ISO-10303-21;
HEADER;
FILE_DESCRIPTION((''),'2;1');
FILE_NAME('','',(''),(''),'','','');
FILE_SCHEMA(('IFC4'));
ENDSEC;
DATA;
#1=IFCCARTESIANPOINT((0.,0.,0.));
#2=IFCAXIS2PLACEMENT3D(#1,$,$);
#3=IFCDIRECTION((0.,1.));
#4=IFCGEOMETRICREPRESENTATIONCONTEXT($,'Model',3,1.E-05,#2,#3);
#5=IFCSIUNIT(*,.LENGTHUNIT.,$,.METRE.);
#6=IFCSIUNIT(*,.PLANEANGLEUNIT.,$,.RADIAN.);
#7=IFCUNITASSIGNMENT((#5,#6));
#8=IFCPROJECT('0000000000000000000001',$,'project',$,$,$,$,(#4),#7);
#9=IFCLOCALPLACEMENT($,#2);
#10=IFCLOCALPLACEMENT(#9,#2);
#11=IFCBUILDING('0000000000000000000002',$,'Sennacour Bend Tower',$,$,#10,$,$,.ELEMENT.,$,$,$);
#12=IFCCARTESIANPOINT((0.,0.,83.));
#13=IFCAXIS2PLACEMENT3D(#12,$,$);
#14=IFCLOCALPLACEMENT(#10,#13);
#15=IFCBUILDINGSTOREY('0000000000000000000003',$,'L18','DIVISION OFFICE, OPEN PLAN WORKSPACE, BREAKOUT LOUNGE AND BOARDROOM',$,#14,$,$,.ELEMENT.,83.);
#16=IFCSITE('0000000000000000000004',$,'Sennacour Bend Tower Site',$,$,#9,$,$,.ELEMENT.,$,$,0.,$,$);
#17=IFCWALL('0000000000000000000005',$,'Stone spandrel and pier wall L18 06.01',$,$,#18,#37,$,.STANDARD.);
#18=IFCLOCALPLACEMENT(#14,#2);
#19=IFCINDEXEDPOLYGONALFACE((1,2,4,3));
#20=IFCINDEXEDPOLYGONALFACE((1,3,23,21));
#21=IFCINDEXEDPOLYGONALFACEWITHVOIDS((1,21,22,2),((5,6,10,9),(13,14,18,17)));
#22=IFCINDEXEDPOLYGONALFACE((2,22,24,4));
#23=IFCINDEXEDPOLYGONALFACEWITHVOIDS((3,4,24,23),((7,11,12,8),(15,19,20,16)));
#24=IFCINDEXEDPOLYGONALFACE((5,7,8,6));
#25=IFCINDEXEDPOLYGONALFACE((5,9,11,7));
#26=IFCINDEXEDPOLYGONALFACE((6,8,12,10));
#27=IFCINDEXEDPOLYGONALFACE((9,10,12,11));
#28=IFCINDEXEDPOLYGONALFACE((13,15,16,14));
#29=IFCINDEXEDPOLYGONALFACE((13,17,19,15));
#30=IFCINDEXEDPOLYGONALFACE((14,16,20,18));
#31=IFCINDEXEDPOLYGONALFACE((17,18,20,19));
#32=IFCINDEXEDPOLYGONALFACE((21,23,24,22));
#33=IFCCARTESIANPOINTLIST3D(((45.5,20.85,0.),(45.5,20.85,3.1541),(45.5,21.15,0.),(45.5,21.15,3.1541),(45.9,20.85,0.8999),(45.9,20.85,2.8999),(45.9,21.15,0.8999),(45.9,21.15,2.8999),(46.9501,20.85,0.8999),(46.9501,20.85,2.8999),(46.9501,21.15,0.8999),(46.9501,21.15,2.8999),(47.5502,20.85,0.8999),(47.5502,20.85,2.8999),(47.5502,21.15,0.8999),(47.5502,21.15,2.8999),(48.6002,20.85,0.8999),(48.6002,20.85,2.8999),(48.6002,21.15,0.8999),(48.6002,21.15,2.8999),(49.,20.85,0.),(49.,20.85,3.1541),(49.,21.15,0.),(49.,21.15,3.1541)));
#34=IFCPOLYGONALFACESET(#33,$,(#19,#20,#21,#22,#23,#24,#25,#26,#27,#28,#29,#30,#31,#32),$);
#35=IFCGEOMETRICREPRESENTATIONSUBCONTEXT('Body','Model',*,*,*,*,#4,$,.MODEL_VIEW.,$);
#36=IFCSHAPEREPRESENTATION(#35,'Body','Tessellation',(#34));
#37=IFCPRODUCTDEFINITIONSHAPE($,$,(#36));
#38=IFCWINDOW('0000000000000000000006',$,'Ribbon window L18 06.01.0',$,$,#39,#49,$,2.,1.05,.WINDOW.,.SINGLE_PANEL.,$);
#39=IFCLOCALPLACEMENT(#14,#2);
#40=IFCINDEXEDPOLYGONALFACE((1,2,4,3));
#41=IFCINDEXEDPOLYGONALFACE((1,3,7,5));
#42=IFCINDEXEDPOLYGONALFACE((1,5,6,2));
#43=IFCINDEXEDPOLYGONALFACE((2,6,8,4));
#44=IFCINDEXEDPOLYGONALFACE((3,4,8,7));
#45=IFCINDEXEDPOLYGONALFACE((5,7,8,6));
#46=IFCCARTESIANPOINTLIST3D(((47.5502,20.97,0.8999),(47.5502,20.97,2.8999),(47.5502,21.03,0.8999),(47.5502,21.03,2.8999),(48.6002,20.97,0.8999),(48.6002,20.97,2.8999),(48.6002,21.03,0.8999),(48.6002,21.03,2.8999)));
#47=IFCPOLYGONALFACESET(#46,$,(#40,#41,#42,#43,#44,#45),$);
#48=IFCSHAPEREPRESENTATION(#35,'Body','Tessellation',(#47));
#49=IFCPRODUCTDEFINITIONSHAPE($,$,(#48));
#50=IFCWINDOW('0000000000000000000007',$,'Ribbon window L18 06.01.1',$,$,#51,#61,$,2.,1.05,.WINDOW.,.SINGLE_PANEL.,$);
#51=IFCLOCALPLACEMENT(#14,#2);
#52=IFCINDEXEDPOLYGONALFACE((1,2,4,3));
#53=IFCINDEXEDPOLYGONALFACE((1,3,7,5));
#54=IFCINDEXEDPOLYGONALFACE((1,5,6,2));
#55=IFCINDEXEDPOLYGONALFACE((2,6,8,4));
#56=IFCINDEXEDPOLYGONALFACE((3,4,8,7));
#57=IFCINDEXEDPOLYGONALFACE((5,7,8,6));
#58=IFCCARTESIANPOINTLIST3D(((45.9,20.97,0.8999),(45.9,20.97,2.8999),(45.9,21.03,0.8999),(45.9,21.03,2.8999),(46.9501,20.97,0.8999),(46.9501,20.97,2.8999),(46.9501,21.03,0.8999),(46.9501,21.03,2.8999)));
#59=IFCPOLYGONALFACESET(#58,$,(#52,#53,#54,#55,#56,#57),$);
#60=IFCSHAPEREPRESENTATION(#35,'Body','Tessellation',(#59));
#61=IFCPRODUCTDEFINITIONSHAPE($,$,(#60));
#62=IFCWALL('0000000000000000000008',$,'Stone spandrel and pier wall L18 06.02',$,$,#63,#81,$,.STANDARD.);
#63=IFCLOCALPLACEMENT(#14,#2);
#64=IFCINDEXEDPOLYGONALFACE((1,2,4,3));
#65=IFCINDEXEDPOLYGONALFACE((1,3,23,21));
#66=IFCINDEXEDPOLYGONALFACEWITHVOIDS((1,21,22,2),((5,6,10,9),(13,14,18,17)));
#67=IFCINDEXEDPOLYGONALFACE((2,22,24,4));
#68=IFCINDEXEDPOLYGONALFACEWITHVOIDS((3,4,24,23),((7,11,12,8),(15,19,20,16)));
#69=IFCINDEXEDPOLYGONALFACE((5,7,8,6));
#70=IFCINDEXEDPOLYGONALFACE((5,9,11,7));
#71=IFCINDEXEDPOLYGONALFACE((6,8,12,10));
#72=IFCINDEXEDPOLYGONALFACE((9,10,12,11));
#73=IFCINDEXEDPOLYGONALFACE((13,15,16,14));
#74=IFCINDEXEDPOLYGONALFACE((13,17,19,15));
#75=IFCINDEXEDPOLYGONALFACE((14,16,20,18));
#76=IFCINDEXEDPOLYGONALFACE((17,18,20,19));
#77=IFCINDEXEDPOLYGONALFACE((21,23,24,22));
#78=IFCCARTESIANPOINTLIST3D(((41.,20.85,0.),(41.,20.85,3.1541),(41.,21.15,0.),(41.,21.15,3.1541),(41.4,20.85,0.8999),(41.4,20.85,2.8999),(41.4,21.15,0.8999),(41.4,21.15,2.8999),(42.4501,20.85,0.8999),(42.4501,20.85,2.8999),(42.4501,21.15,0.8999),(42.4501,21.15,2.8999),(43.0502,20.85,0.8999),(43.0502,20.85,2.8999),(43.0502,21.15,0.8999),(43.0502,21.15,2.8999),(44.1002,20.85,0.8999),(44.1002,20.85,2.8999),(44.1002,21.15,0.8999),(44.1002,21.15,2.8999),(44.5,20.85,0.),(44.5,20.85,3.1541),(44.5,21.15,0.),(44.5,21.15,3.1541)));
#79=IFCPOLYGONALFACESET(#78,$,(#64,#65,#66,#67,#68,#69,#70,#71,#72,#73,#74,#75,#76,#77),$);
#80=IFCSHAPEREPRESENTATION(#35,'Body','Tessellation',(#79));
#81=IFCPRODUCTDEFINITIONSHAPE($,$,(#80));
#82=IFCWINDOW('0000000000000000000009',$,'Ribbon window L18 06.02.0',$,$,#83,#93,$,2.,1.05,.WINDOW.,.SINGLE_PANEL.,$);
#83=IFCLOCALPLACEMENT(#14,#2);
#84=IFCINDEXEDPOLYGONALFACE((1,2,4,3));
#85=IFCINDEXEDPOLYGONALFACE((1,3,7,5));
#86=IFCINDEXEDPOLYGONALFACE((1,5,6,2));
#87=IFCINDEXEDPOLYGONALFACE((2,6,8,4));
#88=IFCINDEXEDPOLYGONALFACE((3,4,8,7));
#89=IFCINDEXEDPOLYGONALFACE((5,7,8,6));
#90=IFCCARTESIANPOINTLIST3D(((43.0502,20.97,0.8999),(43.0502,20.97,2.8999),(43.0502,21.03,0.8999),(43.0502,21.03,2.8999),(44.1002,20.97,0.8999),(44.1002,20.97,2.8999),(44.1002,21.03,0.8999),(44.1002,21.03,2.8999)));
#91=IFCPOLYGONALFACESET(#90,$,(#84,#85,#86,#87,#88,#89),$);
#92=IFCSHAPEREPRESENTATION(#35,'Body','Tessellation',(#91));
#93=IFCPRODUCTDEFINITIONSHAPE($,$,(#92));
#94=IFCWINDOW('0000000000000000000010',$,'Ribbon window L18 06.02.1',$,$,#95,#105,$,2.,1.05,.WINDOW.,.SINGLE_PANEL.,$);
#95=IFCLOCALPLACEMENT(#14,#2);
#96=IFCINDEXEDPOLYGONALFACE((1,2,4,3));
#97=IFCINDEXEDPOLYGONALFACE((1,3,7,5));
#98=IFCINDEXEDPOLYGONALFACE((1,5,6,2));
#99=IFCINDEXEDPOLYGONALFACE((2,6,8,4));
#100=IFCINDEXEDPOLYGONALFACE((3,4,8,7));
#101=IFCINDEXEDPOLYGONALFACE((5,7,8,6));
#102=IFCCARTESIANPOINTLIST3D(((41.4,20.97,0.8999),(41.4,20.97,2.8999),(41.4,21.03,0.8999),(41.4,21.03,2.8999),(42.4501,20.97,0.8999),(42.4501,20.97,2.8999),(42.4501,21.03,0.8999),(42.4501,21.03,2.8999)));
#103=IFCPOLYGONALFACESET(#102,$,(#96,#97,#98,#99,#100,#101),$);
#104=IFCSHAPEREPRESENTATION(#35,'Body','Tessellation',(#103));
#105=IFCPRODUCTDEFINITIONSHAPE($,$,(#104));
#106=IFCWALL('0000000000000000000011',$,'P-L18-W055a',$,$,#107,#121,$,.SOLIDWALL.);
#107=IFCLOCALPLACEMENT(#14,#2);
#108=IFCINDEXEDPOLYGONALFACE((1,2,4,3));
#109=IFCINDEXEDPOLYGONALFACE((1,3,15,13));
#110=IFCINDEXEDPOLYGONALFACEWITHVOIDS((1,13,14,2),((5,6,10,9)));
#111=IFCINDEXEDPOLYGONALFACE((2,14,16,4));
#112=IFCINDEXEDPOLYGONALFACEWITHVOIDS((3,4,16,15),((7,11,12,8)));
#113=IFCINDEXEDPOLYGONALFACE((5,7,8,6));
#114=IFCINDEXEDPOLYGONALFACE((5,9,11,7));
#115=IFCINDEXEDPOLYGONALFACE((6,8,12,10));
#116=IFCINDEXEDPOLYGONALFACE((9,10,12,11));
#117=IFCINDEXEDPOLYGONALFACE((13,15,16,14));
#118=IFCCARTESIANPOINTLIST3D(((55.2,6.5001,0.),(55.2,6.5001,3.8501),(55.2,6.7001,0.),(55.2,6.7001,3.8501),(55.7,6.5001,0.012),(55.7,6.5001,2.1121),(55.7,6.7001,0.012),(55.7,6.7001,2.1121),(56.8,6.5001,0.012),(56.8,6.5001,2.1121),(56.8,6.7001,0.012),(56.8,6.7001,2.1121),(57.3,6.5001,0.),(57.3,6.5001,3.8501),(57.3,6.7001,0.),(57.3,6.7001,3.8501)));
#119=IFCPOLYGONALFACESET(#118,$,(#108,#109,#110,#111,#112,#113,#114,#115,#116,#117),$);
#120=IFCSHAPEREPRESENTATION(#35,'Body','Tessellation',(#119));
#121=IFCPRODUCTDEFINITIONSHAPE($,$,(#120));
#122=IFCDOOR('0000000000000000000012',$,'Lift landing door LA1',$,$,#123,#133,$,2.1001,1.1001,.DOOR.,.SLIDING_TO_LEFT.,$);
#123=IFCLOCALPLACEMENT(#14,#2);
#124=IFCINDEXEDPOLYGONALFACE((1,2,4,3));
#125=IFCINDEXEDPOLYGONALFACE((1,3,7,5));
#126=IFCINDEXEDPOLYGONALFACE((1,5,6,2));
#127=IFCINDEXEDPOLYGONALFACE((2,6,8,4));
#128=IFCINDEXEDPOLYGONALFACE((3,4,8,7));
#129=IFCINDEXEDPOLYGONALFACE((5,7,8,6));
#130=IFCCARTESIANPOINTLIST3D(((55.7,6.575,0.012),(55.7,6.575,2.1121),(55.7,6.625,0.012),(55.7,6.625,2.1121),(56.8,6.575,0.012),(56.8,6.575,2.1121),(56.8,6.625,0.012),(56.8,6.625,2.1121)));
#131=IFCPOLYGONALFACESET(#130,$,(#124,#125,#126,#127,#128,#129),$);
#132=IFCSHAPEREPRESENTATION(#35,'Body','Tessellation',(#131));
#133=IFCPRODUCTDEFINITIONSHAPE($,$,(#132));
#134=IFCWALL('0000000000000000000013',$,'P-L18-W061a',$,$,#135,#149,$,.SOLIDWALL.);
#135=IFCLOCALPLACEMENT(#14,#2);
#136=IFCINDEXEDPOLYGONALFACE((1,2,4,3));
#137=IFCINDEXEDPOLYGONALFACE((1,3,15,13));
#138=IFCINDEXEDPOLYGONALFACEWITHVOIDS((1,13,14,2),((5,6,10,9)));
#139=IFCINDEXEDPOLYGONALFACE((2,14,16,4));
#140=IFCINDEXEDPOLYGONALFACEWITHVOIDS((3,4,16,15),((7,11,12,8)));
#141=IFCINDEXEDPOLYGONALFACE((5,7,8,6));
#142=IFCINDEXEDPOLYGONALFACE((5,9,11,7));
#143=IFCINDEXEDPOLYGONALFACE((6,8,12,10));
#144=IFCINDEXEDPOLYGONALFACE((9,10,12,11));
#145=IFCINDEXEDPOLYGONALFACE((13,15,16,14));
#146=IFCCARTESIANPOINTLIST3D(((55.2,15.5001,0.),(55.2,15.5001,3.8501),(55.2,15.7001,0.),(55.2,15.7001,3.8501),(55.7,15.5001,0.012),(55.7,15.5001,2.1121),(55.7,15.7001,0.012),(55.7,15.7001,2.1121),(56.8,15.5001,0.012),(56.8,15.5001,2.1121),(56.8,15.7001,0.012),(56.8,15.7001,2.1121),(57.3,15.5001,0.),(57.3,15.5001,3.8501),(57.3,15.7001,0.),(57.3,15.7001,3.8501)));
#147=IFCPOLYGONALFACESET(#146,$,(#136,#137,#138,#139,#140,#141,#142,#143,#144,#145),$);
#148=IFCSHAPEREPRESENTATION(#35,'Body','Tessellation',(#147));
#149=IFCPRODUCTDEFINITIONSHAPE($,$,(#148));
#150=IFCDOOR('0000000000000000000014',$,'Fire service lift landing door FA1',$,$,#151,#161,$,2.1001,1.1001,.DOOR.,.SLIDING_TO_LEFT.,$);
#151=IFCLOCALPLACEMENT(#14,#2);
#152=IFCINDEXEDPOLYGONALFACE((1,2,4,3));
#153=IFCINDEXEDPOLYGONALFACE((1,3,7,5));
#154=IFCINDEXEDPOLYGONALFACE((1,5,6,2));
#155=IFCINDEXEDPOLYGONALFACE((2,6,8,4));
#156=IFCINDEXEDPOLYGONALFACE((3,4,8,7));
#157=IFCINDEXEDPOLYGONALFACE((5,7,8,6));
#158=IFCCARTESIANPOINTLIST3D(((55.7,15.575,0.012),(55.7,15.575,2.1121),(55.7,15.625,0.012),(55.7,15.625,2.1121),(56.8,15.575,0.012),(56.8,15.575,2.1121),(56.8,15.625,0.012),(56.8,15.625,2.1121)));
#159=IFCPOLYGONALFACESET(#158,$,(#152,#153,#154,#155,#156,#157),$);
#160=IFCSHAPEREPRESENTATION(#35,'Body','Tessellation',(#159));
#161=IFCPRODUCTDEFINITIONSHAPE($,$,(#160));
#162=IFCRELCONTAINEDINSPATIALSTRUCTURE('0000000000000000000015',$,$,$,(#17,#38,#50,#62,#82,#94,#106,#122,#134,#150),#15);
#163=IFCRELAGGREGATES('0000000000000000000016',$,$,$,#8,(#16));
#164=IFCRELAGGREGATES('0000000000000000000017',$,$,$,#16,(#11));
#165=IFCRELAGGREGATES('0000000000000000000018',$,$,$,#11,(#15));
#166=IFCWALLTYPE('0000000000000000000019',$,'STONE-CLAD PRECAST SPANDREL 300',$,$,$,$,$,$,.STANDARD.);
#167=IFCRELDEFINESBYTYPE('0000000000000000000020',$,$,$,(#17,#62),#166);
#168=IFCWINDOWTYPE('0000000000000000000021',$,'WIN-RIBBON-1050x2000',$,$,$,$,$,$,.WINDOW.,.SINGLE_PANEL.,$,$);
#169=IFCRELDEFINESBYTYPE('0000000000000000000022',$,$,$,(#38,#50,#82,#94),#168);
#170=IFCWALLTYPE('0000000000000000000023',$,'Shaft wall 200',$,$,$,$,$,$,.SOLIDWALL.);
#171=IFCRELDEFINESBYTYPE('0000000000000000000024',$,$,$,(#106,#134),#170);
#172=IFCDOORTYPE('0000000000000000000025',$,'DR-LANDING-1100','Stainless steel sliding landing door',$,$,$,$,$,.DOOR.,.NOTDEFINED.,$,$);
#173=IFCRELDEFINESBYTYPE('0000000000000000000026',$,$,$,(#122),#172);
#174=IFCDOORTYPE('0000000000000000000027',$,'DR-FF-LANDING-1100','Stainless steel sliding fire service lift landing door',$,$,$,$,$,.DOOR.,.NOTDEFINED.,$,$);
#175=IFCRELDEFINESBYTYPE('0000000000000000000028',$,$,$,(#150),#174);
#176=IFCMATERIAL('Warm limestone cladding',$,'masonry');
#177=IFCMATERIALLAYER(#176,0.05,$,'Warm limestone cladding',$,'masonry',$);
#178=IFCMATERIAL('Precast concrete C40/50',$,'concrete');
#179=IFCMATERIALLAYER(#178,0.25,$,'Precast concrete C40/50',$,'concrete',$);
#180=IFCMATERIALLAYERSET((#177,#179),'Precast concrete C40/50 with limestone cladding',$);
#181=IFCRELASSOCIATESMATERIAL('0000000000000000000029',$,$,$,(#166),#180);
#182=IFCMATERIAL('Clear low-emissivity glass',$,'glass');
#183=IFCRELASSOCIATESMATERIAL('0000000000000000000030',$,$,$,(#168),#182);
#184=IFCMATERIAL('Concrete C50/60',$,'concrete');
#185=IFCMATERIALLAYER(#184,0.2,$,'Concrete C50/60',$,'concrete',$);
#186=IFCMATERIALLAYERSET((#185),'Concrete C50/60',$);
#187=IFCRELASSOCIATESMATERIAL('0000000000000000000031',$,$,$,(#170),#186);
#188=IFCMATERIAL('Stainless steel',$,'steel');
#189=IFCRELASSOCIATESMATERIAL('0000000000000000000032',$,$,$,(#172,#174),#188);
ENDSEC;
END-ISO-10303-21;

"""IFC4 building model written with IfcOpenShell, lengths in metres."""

from ifc_helpers import new_model, si_unit, direction, frame, frame_2d, origin, place, context, subcontext, project, spatial, rectangle, extrude, material, layer, layer_set, type_object, element, fill, save


model = new_model("IFC4")

# Units and contexts
model_context = context("Model", 3, precision=1e-05, world=origin(), true_north=direction((0.0, 1.0)))
body_context = subcontext(model_context, "Body", "Model", "MODEL_VIEW")
ifc_project = project(units=[si_unit("LENGTHUNIT", "METRE"), si_unit("PLANEANGLEUNIT", "RADIAN")], contexts=[model_context])

# Site, building, storey
site_placement = place(None, origin())
site = spatial("IfcSite", under=ifc_project, at=site_placement, Name="Sennacour Bend Tower Site", CompositionType="ELEMENT", RefElevation=0.0)
building_placement = place(site_placement, origin())
building = spatial("IfcBuilding", under=site, at=building_placement, Name="Sennacour Bend Tower", CompositionType="ELEMENT")
storey_placement = place(building_placement, frame((0.0, 0.0, 83.0)))
storey = spatial("IfcBuildingStorey", under=building, at=storey_placement, Name="L18", Description="DIVISION OFFICE, OPEN PLAN WORKSPACE, BREAKOUT LOUNGE AND BOARDROOM", CompositionType="ELEMENT", Elevation=83.0)

# Walls, openings, windows
ifc_material_1 = material(Name="Warm limestone cladding", Category="masonry")
ifc_layer_1 = layer(ifc_material_1, 0.05, Name="Warm limestone cladding", Category="masonry")
ifc_material_2 = material(Name="Precast concrete C40/50", Category="concrete")
ifc_layer_2 = layer(ifc_material_2, 0.25, Name="Precast concrete C40/50", Category="concrete")
ifc_layer_set_1 = layer_set([ifc_layer_1, ifc_layer_2], Name="Precast concrete C40/50 with limestone cladding")
wall_type_1 = type_object("IfcWallType", Name="STONE-CLAD PRECAST SPANDREL 300", PredefinedType="STANDARD", material=ifc_layer_set_1)
ifc_material_3 = material(Name="Clear low-emissivity glass", Category="glass")
window_type_1 = type_object("IfcWindowType", Name="WIN-RIBBON-1050x2000", PartitioningType="SINGLE_PANEL", PredefinedType="WINDOW", material=ifc_material_3)
wall_1_placement = place(storey_placement, frame((49.0, 21.0, 0.0), z_axis=(0.0, 0.0, 1.0), x_axis=(-1.0, 0.0, 0.0)))
wall_1 = element("IfcWall", 1, at=wall_1_placement, inside=storey, type_object=wall_type_1, Name="Stone spandrel and pier wall L18 06.01", PredefinedType="STANDARD", context=body_context, shape_type="SweptSolid", body=[
    extrude(rectangle(XDim=3.5, YDim=0.3, at=frame_2d((1.75, 0.0))), origin(), (0.0, 0.0, 1.0), 3.1541),
])
opening_1_placement = place(wall_1_placement, frame((0.3999, 0.0, 0.8999)))
opening_1 = element("IfcOpeningElement", 2, at=opening_1_placement, cuts=wall_1, PredefinedType="OPENING", context=body_context, shape_type="SweptSolid", body=[
    extrude(rectangle(XDim=1.05, YDim=2.0, at=frame_2d((0.5249, 1.0))), frame((0.0, 0.1602, 0.0), z_axis=(0.0, -1.0, 0.0), x_axis=(1.0, 0.0, 0.0)), (0.0, 0.0, 1.0), 0.3201),
])
opening_2_placement = place(wall_1_placement, frame((2.05, 0.0, 0.8999)))
opening_2 = element("IfcOpeningElement", 3, at=opening_2_placement, cuts=wall_1, PredefinedType="OPENING", context=body_context, shape_type="SweptSolid", body=[
    extrude(rectangle(XDim=1.05, YDim=2.0, at=frame_2d((0.5249, 1.0))), frame((0.0, 0.1602, 0.0), z_axis=(0.0, -1.0, 0.0), x_axis=(1.0, 0.0, 0.0)), (0.0, 0.0, 1.0), 0.3201),
])
window_1_placement = place(opening_1_placement, origin())
window_1 = element("IfcWindow", 4, at=window_1_placement, inside=storey, type_object=window_type_1, Name="Ribbon window L18 06.01.0", OverallHeight=2.0, OverallWidth=1.05, PartitioningType="SINGLE_PANEL", PredefinedType="WINDOW", context=body_context, shape_type="SweptSolid", body=[
    extrude(rectangle(XDim=1.05, YDim=2.0, at=frame_2d((0.5249, 1.0))), frame((0.0, 0.03, 0.0), z_axis=(0.0, -1.0, 0.0), x_axis=(1.0, 0.0, 0.0)), (0.0, 0.0, 1.0), 0.0601),
])
fill(opening_1, window_1)
window_2_placement = place(opening_2_placement, origin())
window_2 = element("IfcWindow", 5, at=window_2_placement, inside=storey, type_object=window_type_1, Name="Ribbon window L18 06.01.1", OverallHeight=2.0, OverallWidth=1.05, PartitioningType="SINGLE_PANEL", PredefinedType="WINDOW", context=body_context, shape_type="SweptSolid", body=[
    extrude(rectangle(XDim=1.05, YDim=2.0, at=frame_2d((0.5249, 1.0))), frame((0.0, 0.03, 0.0), z_axis=(0.0, -1.0, 0.0), x_axis=(1.0, 0.0, 0.0)), (0.0, 0.0, 1.0), 0.0601),
])
fill(opening_2, window_2)
wall_2_placement = place(storey_placement, frame((44.5, 21.0, 0.0), z_axis=(0.0, 0.0, 1.0), x_axis=(-1.0, 0.0, 0.0)))
wall_2 = element("IfcWall", 6, at=wall_2_placement, inside=storey, type_object=wall_type_1, Name="Stone spandrel and pier wall L18 06.02", PredefinedType="STANDARD", context=body_context, shape_type="SweptSolid", body=[
    extrude(rectangle(XDim=3.5, YDim=0.3, at=frame_2d((1.75, 0.0))), origin(), (0.0, 0.0, 1.0), 3.1541),
])
opening_3_placement = place(wall_2_placement, frame((0.3999, 0.0, 0.8999)))
opening_3 = element("IfcOpeningElement", 7, at=opening_3_placement, cuts=wall_2, PredefinedType="OPENING", context=body_context, shape_type="SweptSolid", body=[
    extrude(rectangle(XDim=1.05, YDim=2.0, at=frame_2d((0.5249, 1.0))), frame((0.0, 0.1602, 0.0), z_axis=(0.0, -1.0, 0.0), x_axis=(1.0, 0.0, 0.0)), (0.0, 0.0, 1.0), 0.3201),
])
opening_4_placement = place(wall_2_placement, frame((2.05, 0.0, 0.8999)))
opening_4 = element("IfcOpeningElement", 8, at=opening_4_placement, cuts=wall_2, PredefinedType="OPENING", context=body_context, shape_type="SweptSolid", body=[
    extrude(rectangle(XDim=1.05, YDim=2.0, at=frame_2d((0.5249, 1.0))), frame((0.0, 0.1602, 0.0), z_axis=(0.0, -1.0, 0.0), x_axis=(1.0, 0.0, 0.0)), (0.0, 0.0, 1.0), 0.3201),
])
window_3_placement = place(opening_3_placement, origin())
window_3 = element("IfcWindow", 9, at=window_3_placement, inside=storey, type_object=window_type_1, Name="Ribbon window L18 06.02.0", OverallHeight=2.0, OverallWidth=1.05, PartitioningType="SINGLE_PANEL", PredefinedType="WINDOW", context=body_context, shape_type="SweptSolid", body=[
    extrude(rectangle(XDim=1.05, YDim=2.0, at=frame_2d((0.5249, 1.0))), frame((0.0, 0.03, 0.0), z_axis=(0.0, -1.0, 0.0), x_axis=(1.0, 0.0, 0.0)), (0.0, 0.0, 1.0), 0.0601),
])
fill(opening_3, window_3)
window_4_placement = place(opening_4_placement, origin())
window_4 = element("IfcWindow", 10, at=window_4_placement, inside=storey, type_object=window_type_1, Name="Ribbon window L18 06.02.1", OverallHeight=2.0, OverallWidth=1.05, PartitioningType="SINGLE_PANEL", PredefinedType="WINDOW", context=body_context, shape_type="SweptSolid", body=[
    extrude(rectangle(XDim=1.05, YDim=2.0, at=frame_2d((0.5249, 1.0))), frame((0.0, 0.03, 0.0), z_axis=(0.0, -1.0, 0.0), x_axis=(1.0, 0.0, 0.0)), (0.0, 0.0, 1.0), 0.0601),
])
fill(opening_4, window_4)

# Walls, openings, doors
ifc_material_4 = material(Name="Concrete C50/60", Category="concrete")
ifc_layer_3 = layer(ifc_material_4, 0.2, Name="Concrete C50/60", Category="concrete")
ifc_layer_set_2 = layer_set([ifc_layer_3], Name="Concrete C50/60")
wall_type_2 = type_object("IfcWallType", Name="Shaft wall 200", PredefinedType="SOLIDWALL", material=ifc_layer_set_2)
wall_3_placement = place(storey_placement, frame((55.2, 6.6001, 0.0), z_axis=(0.0, 0.0, 1.0), x_axis=(1.0, 0.0, 0.0)))
wall_3 = element("IfcWall", 11, at=wall_3_placement, inside=storey, type_object=wall_type_2, Name="P-L18-W055a", PredefinedType="SOLIDWALL", context=body_context, shape_type="SweptSolid", body=[
    extrude(rectangle(XDim=2.1001, YDim=0.2, at=frame_2d((1.05, 0.0))), origin(), (0.0, 0.0, 1.0), 3.8501),
])
opening_5_placement = place(wall_3_placement, frame((0.5, 0.0, 0.012)))
opening_5 = element("IfcOpeningElement", 12, at=opening_5_placement, cuts=wall_3, PredefinedType="OPENING", context=body_context, shape_type="SweptSolid", body=[
    extrude(rectangle(XDim=1.1001, YDim=2.1001, at=frame_2d((0.55, 1.05))), frame((0.0, 0.1099, 0.0), z_axis=(0.0, -1.0, 0.0), x_axis=(1.0, 0.0, 0.0)), (0.0, 0.0, 1.0), 0.22),
])
ifc_material_5 = material(Name="Stainless steel", Category="steel")
door_type_1 = type_object("IfcDoorType", Name="DR-LANDING-1100", Description="Stainless steel sliding landing door", OperationType="NOTDEFINED", PredefinedType="DOOR", material=ifc_material_5)
door_1_placement = place(opening_5_placement, origin())
door_1 = element("IfcDoor", 13, at=door_1_placement, inside=storey, type_object=door_type_1, Name="Lift landing door LA1", OperationType="SLIDING_TO_LEFT", OverallHeight=2.1001, OverallWidth=1.1001, PredefinedType="DOOR", context=body_context, shape_type="SweptSolid", body=[
    extrude(rectangle(XDim=1.1001, YDim=2.1001, at=frame_2d((0.55, 1.05))), frame((0.0, 0.0249, 0.0), z_axis=(0.0, -1.0, 0.0), x_axis=(1.0, 0.0, 0.0)), (0.0, 0.0, 1.0), 0.05),
])
fill(opening_5, door_1)
wall_4_placement = place(storey_placement, frame((55.2, 15.6001, 0.0), z_axis=(0.0, 0.0, 1.0), x_axis=(1.0, 0.0, 0.0)))
wall_4 = element("IfcWall", 14, at=wall_4_placement, inside=storey, type_object=wall_type_2, Name="P-L18-W061a", PredefinedType="SOLIDWALL", context=body_context, shape_type="SweptSolid", body=[
    extrude(rectangle(XDim=2.1001, YDim=0.2, at=frame_2d((1.05, 0.0))), origin(), (0.0, 0.0, 1.0), 3.8501),
])
opening_6_placement = place(wall_4_placement, frame((0.5, 0.0, 0.012)))
opening_6 = element("IfcOpeningElement", 15, at=opening_6_placement, cuts=wall_4, PredefinedType="OPENING", context=body_context, shape_type="SweptSolid", body=[
    extrude(rectangle(XDim=1.1001, YDim=2.1001, at=frame_2d((0.55, 1.05))), frame((0.0, 0.1099, 0.0), z_axis=(0.0, -1.0, 0.0), x_axis=(1.0, 0.0, 0.0)), (0.0, 0.0, 1.0), 0.22),
])
door_type_2 = type_object("IfcDoorType", Name="DR-FF-LANDING-1100", Description="Stainless steel sliding fire service lift landing door", OperationType="NOTDEFINED", PredefinedType="DOOR", material=ifc_material_5)
door_2_placement = place(opening_6_placement, origin())
door_2 = element("IfcDoor", 16, at=door_2_placement, inside=storey, type_object=door_type_2, Name="Fire service lift landing door FA1", OperationType="SLIDING_TO_LEFT", OverallHeight=2.1001, OverallWidth=1.1001, PredefinedType="DOOR", context=body_context, shape_type="SweptSolid", body=[
    extrude(rectangle(XDim=1.1001, YDim=2.1001, at=frame_2d((0.55, 1.05))), frame((0.0, 0.0249, 0.0), z_axis=(0.0, -1.0, 0.0), x_axis=(1.0, 0.0, 0.0)), (0.0, 0.0, 1.0), 0.05),
])
fill(opening_6, door_2)

save(model, "model.ifc")
